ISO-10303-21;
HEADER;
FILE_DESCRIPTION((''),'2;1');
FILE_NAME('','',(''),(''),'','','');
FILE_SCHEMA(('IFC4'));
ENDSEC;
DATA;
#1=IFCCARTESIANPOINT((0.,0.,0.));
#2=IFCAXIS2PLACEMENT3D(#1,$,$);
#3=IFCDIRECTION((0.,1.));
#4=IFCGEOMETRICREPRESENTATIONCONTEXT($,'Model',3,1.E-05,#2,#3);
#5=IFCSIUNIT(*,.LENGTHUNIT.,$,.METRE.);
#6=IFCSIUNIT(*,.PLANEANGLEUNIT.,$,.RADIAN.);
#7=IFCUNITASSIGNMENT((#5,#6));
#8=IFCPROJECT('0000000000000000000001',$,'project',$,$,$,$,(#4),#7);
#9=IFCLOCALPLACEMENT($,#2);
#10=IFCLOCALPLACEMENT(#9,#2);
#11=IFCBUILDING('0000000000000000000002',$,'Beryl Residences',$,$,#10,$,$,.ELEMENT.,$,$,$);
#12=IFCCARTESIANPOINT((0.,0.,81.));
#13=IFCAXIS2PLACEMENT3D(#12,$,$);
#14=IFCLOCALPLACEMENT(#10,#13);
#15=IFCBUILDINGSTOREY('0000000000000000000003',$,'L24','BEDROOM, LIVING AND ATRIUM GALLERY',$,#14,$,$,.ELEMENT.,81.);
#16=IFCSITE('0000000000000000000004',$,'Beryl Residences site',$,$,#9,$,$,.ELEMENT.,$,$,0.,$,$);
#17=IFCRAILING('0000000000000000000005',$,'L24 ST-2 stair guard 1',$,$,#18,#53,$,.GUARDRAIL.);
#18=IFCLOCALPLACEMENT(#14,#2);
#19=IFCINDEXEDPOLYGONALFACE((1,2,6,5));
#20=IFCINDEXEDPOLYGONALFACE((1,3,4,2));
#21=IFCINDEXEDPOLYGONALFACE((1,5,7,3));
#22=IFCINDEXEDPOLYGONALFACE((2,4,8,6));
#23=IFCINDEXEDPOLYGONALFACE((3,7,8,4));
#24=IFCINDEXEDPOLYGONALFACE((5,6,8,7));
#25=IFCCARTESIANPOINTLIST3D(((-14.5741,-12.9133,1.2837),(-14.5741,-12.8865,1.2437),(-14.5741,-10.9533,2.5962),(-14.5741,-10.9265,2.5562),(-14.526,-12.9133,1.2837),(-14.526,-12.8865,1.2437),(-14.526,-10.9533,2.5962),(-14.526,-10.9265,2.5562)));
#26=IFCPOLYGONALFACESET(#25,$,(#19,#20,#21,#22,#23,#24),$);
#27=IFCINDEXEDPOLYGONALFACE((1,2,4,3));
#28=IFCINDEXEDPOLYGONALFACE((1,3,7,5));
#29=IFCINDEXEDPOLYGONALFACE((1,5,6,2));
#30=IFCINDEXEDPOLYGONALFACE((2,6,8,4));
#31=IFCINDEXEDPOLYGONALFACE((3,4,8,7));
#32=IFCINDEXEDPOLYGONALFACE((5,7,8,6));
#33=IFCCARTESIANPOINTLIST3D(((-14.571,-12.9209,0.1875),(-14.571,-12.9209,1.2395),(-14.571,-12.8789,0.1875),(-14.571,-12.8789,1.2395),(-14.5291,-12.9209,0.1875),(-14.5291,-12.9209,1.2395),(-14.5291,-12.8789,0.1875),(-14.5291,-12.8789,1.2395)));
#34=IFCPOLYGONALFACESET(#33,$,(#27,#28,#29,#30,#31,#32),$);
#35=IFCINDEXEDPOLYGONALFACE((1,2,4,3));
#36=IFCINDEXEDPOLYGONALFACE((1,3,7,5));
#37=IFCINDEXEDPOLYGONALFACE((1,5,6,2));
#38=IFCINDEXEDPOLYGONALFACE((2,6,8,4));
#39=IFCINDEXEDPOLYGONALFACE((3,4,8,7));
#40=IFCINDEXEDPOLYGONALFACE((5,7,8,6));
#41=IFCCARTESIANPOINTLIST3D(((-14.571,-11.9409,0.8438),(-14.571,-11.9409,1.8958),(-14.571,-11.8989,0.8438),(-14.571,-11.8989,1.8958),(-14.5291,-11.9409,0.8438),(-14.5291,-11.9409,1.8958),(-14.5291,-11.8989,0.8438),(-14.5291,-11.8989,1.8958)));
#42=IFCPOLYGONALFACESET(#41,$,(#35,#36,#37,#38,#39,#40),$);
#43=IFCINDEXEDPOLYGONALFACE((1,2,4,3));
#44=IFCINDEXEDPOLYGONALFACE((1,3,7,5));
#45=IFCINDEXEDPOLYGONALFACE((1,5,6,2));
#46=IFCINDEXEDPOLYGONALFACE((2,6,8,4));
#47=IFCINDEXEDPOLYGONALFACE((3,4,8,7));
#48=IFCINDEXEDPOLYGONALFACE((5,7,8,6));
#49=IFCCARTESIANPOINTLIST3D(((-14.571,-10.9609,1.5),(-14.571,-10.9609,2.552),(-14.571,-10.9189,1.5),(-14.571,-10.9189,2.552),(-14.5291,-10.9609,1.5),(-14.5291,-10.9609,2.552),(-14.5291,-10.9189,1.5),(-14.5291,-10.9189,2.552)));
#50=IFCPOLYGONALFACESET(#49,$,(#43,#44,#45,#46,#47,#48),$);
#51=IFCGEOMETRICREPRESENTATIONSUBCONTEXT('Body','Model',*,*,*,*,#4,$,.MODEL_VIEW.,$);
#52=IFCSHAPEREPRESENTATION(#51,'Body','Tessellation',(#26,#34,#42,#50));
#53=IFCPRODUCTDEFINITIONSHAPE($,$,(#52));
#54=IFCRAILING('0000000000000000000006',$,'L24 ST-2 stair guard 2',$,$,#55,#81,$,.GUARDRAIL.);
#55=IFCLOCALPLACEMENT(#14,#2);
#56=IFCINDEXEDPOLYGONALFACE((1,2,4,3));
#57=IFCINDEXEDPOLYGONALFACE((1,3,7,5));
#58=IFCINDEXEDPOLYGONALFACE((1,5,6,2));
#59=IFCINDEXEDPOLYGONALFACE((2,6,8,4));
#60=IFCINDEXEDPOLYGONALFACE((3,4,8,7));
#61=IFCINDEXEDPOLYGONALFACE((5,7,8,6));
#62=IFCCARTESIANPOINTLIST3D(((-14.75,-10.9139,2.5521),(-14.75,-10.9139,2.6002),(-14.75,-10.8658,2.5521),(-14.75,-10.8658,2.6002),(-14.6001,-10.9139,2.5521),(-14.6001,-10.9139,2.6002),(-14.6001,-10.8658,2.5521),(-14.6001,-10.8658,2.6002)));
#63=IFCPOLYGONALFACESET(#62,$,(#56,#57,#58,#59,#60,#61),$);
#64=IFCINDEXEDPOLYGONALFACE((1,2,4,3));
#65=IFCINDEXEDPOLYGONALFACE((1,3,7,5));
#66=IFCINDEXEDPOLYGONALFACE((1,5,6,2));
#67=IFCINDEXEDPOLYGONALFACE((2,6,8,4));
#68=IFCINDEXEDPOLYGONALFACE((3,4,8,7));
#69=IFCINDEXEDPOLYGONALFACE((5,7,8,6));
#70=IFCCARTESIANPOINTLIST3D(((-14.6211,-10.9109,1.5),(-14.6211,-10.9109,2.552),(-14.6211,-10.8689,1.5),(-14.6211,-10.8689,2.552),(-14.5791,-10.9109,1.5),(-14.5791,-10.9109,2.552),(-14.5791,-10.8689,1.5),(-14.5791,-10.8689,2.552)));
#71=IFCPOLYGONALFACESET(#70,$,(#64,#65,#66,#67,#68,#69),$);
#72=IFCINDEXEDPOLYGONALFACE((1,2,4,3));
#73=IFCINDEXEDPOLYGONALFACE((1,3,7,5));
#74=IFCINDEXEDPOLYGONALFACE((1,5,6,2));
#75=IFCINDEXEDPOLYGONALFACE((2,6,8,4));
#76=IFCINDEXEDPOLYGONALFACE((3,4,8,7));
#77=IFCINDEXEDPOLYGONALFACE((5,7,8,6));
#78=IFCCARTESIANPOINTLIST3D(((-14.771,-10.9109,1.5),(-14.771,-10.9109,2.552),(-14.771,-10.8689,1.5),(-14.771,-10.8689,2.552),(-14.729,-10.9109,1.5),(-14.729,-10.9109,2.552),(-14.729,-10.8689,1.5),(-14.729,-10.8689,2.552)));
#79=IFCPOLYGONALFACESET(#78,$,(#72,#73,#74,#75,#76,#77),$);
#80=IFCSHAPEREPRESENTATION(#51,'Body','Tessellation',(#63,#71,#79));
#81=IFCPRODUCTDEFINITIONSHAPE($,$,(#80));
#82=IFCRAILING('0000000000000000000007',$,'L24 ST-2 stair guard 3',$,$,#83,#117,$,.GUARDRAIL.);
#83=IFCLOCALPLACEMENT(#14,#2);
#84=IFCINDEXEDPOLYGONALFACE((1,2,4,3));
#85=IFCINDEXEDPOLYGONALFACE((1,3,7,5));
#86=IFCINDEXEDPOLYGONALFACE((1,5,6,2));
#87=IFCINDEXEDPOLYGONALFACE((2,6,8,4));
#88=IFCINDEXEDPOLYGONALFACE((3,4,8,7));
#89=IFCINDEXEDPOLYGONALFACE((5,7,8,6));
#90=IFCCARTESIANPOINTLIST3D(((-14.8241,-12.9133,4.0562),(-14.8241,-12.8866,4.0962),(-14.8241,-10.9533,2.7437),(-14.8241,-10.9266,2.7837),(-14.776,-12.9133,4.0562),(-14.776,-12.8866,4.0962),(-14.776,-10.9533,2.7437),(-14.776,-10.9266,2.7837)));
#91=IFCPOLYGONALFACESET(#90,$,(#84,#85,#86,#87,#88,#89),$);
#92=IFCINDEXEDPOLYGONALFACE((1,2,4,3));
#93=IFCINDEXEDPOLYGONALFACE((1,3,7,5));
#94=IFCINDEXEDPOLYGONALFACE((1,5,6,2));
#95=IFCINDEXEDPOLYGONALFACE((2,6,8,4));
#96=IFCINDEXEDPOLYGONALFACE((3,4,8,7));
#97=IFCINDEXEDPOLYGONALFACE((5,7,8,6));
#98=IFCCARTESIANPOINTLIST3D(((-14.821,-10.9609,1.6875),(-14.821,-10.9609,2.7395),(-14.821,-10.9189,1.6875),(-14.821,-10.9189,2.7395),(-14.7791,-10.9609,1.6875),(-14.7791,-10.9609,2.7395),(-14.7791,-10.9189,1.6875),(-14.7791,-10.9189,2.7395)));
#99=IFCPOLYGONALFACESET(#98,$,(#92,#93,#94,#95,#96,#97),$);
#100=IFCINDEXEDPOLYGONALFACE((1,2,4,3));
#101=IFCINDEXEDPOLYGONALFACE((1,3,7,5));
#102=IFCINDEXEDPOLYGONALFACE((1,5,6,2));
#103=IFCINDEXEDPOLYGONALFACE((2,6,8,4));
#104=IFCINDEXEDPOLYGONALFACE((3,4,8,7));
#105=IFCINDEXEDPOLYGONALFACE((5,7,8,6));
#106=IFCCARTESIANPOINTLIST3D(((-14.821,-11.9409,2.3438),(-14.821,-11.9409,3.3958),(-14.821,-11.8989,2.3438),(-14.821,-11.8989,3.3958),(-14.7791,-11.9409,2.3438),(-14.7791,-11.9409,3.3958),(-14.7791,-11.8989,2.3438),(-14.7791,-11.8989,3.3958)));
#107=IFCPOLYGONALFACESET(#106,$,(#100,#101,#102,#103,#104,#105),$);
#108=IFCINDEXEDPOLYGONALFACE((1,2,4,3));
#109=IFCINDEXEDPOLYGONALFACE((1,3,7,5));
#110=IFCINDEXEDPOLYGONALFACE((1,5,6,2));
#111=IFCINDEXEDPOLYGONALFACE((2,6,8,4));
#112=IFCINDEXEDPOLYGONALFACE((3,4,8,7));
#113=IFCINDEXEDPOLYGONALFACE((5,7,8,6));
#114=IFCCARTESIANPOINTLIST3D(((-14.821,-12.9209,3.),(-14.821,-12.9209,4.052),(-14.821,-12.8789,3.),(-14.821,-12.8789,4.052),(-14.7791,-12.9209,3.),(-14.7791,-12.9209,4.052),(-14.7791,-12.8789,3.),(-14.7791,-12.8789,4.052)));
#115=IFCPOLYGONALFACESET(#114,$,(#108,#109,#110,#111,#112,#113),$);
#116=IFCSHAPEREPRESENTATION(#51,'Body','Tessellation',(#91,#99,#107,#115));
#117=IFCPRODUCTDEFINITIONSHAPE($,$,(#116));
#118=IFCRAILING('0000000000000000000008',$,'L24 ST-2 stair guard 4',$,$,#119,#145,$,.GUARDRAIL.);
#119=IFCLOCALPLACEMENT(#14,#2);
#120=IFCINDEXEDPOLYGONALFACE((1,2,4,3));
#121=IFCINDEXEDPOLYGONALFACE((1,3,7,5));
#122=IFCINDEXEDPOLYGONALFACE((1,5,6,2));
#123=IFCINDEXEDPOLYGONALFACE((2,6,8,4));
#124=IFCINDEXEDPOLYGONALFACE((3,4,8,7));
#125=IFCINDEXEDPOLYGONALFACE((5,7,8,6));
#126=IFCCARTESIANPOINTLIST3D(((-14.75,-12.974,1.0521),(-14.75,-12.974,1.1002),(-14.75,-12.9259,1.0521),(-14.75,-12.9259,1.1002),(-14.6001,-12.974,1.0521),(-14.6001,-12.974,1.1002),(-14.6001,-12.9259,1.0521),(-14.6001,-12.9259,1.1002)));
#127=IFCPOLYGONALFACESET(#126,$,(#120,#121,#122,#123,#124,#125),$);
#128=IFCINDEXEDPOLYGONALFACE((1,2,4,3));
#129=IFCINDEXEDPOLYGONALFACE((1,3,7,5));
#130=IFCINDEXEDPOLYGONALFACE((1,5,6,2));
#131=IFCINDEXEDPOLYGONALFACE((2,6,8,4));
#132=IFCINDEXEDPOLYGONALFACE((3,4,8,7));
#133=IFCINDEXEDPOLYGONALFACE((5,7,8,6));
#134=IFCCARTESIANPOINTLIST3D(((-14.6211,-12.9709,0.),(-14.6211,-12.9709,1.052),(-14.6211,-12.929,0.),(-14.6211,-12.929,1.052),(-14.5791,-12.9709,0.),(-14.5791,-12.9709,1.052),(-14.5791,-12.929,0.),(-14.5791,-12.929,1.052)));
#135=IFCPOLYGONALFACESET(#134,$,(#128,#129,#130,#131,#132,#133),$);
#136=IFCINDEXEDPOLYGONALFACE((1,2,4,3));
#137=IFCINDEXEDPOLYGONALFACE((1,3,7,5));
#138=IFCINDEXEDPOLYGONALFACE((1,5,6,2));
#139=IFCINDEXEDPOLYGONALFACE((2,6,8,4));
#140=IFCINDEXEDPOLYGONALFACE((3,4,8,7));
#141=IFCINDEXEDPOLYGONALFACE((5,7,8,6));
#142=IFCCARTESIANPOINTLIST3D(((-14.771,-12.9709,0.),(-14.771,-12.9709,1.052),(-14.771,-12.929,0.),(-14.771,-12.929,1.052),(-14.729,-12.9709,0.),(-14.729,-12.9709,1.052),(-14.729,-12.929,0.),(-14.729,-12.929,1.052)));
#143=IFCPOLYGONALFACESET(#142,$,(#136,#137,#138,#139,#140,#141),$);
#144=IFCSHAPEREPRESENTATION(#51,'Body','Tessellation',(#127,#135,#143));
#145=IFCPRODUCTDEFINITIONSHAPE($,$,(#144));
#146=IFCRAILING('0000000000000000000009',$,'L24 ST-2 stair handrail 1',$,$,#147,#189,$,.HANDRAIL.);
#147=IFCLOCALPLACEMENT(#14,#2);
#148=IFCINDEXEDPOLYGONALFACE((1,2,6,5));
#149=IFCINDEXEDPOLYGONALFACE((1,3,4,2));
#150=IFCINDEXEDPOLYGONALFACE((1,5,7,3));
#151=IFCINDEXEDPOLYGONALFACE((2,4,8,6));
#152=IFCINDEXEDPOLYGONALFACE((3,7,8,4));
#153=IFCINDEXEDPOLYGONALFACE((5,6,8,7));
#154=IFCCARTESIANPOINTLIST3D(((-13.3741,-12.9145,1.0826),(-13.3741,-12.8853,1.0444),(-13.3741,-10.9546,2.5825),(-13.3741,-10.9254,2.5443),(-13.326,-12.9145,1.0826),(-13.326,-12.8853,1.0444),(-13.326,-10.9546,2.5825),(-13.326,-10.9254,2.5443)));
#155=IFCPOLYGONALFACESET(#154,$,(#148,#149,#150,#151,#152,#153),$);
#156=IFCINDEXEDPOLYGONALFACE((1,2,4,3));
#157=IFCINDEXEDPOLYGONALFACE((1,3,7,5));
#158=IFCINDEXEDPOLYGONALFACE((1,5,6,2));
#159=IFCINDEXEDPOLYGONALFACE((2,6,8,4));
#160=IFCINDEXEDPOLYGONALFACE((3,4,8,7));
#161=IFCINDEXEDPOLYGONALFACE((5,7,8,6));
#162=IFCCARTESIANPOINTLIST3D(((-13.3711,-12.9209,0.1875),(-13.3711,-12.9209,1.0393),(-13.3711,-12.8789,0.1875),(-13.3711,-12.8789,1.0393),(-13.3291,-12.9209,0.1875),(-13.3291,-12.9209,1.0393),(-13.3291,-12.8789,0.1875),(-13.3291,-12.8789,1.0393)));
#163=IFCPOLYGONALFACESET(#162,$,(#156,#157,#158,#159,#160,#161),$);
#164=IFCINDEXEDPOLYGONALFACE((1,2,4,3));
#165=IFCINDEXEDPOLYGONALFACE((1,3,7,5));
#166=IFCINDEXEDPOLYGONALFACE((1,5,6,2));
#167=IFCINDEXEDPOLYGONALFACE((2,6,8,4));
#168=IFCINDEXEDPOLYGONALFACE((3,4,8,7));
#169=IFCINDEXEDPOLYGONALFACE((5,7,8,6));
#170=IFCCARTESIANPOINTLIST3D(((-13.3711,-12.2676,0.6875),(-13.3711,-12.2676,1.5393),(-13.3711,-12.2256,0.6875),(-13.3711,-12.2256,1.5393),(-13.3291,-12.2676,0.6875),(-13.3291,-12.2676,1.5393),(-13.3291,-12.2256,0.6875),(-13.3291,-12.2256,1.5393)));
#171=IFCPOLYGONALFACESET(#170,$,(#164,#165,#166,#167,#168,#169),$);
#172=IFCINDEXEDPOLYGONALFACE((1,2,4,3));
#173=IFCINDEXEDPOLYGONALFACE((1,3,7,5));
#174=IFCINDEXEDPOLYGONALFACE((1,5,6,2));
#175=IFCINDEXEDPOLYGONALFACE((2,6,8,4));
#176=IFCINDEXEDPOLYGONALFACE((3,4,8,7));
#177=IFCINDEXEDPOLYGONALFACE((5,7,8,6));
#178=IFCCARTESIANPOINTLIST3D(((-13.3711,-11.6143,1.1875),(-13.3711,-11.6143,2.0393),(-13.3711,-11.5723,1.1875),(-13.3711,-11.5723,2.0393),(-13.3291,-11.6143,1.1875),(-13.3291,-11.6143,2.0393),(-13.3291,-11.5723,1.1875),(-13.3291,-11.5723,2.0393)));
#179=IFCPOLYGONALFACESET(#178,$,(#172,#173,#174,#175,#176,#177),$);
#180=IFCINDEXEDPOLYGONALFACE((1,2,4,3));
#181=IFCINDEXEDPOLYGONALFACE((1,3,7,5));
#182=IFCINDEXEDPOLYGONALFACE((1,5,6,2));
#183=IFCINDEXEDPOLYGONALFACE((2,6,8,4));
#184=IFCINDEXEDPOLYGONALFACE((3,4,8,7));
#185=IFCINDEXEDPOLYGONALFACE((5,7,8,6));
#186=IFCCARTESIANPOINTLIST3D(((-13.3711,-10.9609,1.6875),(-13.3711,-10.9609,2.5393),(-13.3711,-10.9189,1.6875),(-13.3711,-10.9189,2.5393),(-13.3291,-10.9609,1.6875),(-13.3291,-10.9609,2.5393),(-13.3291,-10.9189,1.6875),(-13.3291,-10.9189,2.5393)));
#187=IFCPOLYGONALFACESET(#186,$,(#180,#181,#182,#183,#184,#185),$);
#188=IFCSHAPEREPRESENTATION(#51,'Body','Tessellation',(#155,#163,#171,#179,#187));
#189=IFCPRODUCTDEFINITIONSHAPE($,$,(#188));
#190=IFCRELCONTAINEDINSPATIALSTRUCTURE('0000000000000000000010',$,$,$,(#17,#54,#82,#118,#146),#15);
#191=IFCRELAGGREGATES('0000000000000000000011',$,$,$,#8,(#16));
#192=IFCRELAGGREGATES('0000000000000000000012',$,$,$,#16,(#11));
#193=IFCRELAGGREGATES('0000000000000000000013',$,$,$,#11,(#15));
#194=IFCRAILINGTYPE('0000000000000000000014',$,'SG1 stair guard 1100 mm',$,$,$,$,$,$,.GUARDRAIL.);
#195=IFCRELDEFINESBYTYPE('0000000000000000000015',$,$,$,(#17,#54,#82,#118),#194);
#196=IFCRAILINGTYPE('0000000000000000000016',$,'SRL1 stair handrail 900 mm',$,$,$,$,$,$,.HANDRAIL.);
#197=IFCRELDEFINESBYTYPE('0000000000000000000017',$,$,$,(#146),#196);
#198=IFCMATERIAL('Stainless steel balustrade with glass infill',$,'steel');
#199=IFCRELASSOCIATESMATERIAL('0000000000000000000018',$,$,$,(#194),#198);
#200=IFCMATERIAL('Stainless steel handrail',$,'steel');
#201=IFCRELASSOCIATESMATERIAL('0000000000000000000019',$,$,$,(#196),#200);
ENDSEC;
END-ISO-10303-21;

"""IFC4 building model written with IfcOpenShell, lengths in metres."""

from ifc_helpers import new_model, si_unit, direction, frame, origin, origin_2d, place, context, subcontext, project, spatial, rectangle, extrude, material, type_object, element, save


model = new_model("IFC4")

# Units and contexts
model_context = context("Model", 3, precision=1e-05, world=origin(), true_north=direction((0.0, 1.0)))
body_context = subcontext(model_context, "Body", "Model", "MODEL_VIEW")
ifc_project = project(units=[si_unit("LENGTHUNIT", "METRE"), si_unit("PLANEANGLEUNIT", "RADIAN")], contexts=[model_context])

# Site, building, storey
site_placement = place(None, origin())
site = spatial("IfcSite", under=ifc_project, at=site_placement, Name="Beryl Residences site", CompositionType="ELEMENT", RefElevation=0.0)
building_placement = place(site_placement, origin())
building = spatial("IfcBuilding", under=site, at=building_placement, Name="Beryl Residences", CompositionType="ELEMENT")
storey_placement = place(building_placement, frame((0.0, 0.0, 81.0)))
storey = spatial("IfcBuildingStorey", under=building, at=storey_placement, Name="L24", Description="BEDROOM, LIVING AND ATRIUM GALLERY", CompositionType="ELEMENT", Elevation=81.0)

# Railings
ifc_material_1 = material(Name="Stainless steel balustrade with glass infill", Category="steel")
railing_type_1 = type_object("IfcRailingType", Name="SG1 stair guard 1100 mm", PredefinedType="GUARDRAIL", material=ifc_material_1)
railing_1_placement = place(storey_placement, frame((-14.55, -12.8999, 0.1875)))
element("IfcRailing", 1, at=railing_1_placement, inside=storey, type_object=railing_type_1, Name="L24 ST-2 stair guard 1", PredefinedType="GUARDRAIL", context=body_context, shape_type="SweptSolid", body=[
    extrude(rectangle(XDim=0.0481, YDim=0.0481, at=origin_2d()), frame((0.0, 0.0, 1.0762), z_axis=(0.0, 0.830902, 0.556419), x_axis=(-1.0, 0.0, 0.0)), (0.0, 0.0, 1.0), 2.3589),
    extrude(rectangle(XDim=0.042, YDim=0.042, at=origin_2d()), origin(), (0.0, 0.0, 1.0), 1.052),
    extrude(rectangle(XDim=0.042, YDim=0.042, at=origin_2d()), frame((0.0, 0.98, 0.6562)), (0.0, 0.0, 1.0), 1.052),
    extrude(rectangle(XDim=0.042, YDim=0.042, at=origin_2d()), frame((0.0, 1.96, 1.3125)), (0.0, 0.0, 1.0), 1.052),
])
railing_2_placement = place(storey_placement, frame((-14.6001, -10.8899, 1.5)))
element("IfcRailing", 2, at=railing_2_placement, inside=storey, type_object=railing_type_1, Name="L24 ST-2 stair guard 2", PredefinedType="GUARDRAIL", context=body_context, shape_type="SweptSolid", body=[
    extrude(rectangle(XDim=0.0481, YDim=0.0481, at=origin_2d()), frame((0.0, 0.0, 1.0762), z_axis=(-1.0, 0.0, 0.0), x_axis=(0.0, -1.0, 0.0)), (0.0, 0.0, 1.0), 0.1499),
    extrude(rectangle(XDim=0.042, YDim=0.042, at=origin_2d()), origin(), (0.0, 0.0, 1.0), 1.052),
    extrude(rectangle(XDim=0.042, YDim=0.042, at=origin_2d()), frame((-0.1499, 0.0, 0.0)), (0.0, 0.0, 1.0), 1.052),
])
railing_3_placement = place(storey_placement, frame((-14.8, -10.9399, 1.6875)))
element("IfcRailing", 3, at=railing_3_placement, inside=storey, type_object=railing_type_1, Name="L24 ST-2 stair guard 3", PredefinedType="GUARDRAIL", context=body_context, shape_type="SweptSolid", body=[
    extrude(rectangle(XDim=0.0481, YDim=0.0481, at=origin_2d()), frame((0.0, 0.0, 1.0762), z_axis=(0.0, -0.830902, 0.556419), x_axis=(1.0, 0.0, 0.0)), (0.0, 0.0, 1.0), 2.3589),
    extrude(rectangle(XDim=0.042, YDim=0.042, at=origin_2d()), origin(), (0.0, 0.0, 1.0), 1.052),
    extrude(rectangle(XDim=0.042, YDim=0.042, at=origin_2d()), frame((0.0, -0.98, 0.6562)), (0.0, 0.0, 1.0), 1.052),
    extrude(rectangle(XDim=0.042, YDim=0.042, at=origin_2d()), frame((0.0, -1.96, 1.3125)), (0.0, 0.0, 1.0), 1.052),
])
railing_4_placement = place(storey_placement, frame((-14.6001, -12.95, 0.0)))
element("IfcRailing", 4, at=railing_4_placement, inside=storey, type_object=railing_type_1, Name="L24 ST-2 stair guard 4", PredefinedType="GUARDRAIL", context=body_context, shape_type="SweptSolid", body=[
    extrude(rectangle(XDim=0.0481, YDim=0.0481, at=origin_2d()), frame((0.0, 0.0, 1.0762), z_axis=(-1.0, 0.0, 0.0), x_axis=(0.0, -1.0, 0.0)), (0.0, 0.0, 1.0), 0.1499),
    extrude(rectangle(XDim=0.042, YDim=0.042, at=origin_2d()), origin(), (0.0, 0.0, 1.0), 1.052),
    extrude(rectangle(XDim=0.042, YDim=0.042, at=origin_2d()), frame((-0.1499, 0.0, 0.0)), (0.0, 0.0, 1.0), 1.052),
])
ifc_material_2 = material(Name="Stainless steel handrail", Category="steel")
railing_type_2 = type_object("IfcRailingType", Name="SRL1 stair handrail 900 mm", PredefinedType="HANDRAIL", material=ifc_material_2)
railing_5_placement = place(storey_placement, frame((-13.3501, -12.8999, 0.1875)))
element("IfcRailing", 5, at=railing_5_placement, inside=storey, type_object=railing_type_2, Name="L24 ST-2 stair handrail 1", PredefinedType="HANDRAIL", context=body_context, shape_type="SweptSolid", body=[
    extrude(rectangle(XDim=0.0481, YDim=0.0481, at=origin_2d()), frame((0.0, 0.0, 0.876), z_axis=(0.0, 0.794122, 0.607758), x_axis=(-1.0, 0.0, 0.0)), (0.0, 0.0, 1.0), 2.468),
    extrude(rectangle(XDim=0.042, YDim=0.042, at=origin_2d()), origin(), (0.0, 0.0, 1.0), 0.8518),
    extrude(rectangle(XDim=0.042, YDim=0.042, at=origin_2d()), frame((0.0, 0.6533, 0.5)), (0.0, 0.0, 1.0), 0.8518),
    extrude(rectangle(XDim=0.042, YDim=0.042, at=origin_2d()), frame((0.0, 1.3066, 1.0)), (0.0, 0.0, 1.0), 0.8518),
    extrude(rectangle(XDim=0.042, YDim=0.042, at=origin_2d()), frame((0.0, 1.96, 1.5)), (0.0, 0.0, 1.0), 0.8518),
])

save(model, "model.ifc")
